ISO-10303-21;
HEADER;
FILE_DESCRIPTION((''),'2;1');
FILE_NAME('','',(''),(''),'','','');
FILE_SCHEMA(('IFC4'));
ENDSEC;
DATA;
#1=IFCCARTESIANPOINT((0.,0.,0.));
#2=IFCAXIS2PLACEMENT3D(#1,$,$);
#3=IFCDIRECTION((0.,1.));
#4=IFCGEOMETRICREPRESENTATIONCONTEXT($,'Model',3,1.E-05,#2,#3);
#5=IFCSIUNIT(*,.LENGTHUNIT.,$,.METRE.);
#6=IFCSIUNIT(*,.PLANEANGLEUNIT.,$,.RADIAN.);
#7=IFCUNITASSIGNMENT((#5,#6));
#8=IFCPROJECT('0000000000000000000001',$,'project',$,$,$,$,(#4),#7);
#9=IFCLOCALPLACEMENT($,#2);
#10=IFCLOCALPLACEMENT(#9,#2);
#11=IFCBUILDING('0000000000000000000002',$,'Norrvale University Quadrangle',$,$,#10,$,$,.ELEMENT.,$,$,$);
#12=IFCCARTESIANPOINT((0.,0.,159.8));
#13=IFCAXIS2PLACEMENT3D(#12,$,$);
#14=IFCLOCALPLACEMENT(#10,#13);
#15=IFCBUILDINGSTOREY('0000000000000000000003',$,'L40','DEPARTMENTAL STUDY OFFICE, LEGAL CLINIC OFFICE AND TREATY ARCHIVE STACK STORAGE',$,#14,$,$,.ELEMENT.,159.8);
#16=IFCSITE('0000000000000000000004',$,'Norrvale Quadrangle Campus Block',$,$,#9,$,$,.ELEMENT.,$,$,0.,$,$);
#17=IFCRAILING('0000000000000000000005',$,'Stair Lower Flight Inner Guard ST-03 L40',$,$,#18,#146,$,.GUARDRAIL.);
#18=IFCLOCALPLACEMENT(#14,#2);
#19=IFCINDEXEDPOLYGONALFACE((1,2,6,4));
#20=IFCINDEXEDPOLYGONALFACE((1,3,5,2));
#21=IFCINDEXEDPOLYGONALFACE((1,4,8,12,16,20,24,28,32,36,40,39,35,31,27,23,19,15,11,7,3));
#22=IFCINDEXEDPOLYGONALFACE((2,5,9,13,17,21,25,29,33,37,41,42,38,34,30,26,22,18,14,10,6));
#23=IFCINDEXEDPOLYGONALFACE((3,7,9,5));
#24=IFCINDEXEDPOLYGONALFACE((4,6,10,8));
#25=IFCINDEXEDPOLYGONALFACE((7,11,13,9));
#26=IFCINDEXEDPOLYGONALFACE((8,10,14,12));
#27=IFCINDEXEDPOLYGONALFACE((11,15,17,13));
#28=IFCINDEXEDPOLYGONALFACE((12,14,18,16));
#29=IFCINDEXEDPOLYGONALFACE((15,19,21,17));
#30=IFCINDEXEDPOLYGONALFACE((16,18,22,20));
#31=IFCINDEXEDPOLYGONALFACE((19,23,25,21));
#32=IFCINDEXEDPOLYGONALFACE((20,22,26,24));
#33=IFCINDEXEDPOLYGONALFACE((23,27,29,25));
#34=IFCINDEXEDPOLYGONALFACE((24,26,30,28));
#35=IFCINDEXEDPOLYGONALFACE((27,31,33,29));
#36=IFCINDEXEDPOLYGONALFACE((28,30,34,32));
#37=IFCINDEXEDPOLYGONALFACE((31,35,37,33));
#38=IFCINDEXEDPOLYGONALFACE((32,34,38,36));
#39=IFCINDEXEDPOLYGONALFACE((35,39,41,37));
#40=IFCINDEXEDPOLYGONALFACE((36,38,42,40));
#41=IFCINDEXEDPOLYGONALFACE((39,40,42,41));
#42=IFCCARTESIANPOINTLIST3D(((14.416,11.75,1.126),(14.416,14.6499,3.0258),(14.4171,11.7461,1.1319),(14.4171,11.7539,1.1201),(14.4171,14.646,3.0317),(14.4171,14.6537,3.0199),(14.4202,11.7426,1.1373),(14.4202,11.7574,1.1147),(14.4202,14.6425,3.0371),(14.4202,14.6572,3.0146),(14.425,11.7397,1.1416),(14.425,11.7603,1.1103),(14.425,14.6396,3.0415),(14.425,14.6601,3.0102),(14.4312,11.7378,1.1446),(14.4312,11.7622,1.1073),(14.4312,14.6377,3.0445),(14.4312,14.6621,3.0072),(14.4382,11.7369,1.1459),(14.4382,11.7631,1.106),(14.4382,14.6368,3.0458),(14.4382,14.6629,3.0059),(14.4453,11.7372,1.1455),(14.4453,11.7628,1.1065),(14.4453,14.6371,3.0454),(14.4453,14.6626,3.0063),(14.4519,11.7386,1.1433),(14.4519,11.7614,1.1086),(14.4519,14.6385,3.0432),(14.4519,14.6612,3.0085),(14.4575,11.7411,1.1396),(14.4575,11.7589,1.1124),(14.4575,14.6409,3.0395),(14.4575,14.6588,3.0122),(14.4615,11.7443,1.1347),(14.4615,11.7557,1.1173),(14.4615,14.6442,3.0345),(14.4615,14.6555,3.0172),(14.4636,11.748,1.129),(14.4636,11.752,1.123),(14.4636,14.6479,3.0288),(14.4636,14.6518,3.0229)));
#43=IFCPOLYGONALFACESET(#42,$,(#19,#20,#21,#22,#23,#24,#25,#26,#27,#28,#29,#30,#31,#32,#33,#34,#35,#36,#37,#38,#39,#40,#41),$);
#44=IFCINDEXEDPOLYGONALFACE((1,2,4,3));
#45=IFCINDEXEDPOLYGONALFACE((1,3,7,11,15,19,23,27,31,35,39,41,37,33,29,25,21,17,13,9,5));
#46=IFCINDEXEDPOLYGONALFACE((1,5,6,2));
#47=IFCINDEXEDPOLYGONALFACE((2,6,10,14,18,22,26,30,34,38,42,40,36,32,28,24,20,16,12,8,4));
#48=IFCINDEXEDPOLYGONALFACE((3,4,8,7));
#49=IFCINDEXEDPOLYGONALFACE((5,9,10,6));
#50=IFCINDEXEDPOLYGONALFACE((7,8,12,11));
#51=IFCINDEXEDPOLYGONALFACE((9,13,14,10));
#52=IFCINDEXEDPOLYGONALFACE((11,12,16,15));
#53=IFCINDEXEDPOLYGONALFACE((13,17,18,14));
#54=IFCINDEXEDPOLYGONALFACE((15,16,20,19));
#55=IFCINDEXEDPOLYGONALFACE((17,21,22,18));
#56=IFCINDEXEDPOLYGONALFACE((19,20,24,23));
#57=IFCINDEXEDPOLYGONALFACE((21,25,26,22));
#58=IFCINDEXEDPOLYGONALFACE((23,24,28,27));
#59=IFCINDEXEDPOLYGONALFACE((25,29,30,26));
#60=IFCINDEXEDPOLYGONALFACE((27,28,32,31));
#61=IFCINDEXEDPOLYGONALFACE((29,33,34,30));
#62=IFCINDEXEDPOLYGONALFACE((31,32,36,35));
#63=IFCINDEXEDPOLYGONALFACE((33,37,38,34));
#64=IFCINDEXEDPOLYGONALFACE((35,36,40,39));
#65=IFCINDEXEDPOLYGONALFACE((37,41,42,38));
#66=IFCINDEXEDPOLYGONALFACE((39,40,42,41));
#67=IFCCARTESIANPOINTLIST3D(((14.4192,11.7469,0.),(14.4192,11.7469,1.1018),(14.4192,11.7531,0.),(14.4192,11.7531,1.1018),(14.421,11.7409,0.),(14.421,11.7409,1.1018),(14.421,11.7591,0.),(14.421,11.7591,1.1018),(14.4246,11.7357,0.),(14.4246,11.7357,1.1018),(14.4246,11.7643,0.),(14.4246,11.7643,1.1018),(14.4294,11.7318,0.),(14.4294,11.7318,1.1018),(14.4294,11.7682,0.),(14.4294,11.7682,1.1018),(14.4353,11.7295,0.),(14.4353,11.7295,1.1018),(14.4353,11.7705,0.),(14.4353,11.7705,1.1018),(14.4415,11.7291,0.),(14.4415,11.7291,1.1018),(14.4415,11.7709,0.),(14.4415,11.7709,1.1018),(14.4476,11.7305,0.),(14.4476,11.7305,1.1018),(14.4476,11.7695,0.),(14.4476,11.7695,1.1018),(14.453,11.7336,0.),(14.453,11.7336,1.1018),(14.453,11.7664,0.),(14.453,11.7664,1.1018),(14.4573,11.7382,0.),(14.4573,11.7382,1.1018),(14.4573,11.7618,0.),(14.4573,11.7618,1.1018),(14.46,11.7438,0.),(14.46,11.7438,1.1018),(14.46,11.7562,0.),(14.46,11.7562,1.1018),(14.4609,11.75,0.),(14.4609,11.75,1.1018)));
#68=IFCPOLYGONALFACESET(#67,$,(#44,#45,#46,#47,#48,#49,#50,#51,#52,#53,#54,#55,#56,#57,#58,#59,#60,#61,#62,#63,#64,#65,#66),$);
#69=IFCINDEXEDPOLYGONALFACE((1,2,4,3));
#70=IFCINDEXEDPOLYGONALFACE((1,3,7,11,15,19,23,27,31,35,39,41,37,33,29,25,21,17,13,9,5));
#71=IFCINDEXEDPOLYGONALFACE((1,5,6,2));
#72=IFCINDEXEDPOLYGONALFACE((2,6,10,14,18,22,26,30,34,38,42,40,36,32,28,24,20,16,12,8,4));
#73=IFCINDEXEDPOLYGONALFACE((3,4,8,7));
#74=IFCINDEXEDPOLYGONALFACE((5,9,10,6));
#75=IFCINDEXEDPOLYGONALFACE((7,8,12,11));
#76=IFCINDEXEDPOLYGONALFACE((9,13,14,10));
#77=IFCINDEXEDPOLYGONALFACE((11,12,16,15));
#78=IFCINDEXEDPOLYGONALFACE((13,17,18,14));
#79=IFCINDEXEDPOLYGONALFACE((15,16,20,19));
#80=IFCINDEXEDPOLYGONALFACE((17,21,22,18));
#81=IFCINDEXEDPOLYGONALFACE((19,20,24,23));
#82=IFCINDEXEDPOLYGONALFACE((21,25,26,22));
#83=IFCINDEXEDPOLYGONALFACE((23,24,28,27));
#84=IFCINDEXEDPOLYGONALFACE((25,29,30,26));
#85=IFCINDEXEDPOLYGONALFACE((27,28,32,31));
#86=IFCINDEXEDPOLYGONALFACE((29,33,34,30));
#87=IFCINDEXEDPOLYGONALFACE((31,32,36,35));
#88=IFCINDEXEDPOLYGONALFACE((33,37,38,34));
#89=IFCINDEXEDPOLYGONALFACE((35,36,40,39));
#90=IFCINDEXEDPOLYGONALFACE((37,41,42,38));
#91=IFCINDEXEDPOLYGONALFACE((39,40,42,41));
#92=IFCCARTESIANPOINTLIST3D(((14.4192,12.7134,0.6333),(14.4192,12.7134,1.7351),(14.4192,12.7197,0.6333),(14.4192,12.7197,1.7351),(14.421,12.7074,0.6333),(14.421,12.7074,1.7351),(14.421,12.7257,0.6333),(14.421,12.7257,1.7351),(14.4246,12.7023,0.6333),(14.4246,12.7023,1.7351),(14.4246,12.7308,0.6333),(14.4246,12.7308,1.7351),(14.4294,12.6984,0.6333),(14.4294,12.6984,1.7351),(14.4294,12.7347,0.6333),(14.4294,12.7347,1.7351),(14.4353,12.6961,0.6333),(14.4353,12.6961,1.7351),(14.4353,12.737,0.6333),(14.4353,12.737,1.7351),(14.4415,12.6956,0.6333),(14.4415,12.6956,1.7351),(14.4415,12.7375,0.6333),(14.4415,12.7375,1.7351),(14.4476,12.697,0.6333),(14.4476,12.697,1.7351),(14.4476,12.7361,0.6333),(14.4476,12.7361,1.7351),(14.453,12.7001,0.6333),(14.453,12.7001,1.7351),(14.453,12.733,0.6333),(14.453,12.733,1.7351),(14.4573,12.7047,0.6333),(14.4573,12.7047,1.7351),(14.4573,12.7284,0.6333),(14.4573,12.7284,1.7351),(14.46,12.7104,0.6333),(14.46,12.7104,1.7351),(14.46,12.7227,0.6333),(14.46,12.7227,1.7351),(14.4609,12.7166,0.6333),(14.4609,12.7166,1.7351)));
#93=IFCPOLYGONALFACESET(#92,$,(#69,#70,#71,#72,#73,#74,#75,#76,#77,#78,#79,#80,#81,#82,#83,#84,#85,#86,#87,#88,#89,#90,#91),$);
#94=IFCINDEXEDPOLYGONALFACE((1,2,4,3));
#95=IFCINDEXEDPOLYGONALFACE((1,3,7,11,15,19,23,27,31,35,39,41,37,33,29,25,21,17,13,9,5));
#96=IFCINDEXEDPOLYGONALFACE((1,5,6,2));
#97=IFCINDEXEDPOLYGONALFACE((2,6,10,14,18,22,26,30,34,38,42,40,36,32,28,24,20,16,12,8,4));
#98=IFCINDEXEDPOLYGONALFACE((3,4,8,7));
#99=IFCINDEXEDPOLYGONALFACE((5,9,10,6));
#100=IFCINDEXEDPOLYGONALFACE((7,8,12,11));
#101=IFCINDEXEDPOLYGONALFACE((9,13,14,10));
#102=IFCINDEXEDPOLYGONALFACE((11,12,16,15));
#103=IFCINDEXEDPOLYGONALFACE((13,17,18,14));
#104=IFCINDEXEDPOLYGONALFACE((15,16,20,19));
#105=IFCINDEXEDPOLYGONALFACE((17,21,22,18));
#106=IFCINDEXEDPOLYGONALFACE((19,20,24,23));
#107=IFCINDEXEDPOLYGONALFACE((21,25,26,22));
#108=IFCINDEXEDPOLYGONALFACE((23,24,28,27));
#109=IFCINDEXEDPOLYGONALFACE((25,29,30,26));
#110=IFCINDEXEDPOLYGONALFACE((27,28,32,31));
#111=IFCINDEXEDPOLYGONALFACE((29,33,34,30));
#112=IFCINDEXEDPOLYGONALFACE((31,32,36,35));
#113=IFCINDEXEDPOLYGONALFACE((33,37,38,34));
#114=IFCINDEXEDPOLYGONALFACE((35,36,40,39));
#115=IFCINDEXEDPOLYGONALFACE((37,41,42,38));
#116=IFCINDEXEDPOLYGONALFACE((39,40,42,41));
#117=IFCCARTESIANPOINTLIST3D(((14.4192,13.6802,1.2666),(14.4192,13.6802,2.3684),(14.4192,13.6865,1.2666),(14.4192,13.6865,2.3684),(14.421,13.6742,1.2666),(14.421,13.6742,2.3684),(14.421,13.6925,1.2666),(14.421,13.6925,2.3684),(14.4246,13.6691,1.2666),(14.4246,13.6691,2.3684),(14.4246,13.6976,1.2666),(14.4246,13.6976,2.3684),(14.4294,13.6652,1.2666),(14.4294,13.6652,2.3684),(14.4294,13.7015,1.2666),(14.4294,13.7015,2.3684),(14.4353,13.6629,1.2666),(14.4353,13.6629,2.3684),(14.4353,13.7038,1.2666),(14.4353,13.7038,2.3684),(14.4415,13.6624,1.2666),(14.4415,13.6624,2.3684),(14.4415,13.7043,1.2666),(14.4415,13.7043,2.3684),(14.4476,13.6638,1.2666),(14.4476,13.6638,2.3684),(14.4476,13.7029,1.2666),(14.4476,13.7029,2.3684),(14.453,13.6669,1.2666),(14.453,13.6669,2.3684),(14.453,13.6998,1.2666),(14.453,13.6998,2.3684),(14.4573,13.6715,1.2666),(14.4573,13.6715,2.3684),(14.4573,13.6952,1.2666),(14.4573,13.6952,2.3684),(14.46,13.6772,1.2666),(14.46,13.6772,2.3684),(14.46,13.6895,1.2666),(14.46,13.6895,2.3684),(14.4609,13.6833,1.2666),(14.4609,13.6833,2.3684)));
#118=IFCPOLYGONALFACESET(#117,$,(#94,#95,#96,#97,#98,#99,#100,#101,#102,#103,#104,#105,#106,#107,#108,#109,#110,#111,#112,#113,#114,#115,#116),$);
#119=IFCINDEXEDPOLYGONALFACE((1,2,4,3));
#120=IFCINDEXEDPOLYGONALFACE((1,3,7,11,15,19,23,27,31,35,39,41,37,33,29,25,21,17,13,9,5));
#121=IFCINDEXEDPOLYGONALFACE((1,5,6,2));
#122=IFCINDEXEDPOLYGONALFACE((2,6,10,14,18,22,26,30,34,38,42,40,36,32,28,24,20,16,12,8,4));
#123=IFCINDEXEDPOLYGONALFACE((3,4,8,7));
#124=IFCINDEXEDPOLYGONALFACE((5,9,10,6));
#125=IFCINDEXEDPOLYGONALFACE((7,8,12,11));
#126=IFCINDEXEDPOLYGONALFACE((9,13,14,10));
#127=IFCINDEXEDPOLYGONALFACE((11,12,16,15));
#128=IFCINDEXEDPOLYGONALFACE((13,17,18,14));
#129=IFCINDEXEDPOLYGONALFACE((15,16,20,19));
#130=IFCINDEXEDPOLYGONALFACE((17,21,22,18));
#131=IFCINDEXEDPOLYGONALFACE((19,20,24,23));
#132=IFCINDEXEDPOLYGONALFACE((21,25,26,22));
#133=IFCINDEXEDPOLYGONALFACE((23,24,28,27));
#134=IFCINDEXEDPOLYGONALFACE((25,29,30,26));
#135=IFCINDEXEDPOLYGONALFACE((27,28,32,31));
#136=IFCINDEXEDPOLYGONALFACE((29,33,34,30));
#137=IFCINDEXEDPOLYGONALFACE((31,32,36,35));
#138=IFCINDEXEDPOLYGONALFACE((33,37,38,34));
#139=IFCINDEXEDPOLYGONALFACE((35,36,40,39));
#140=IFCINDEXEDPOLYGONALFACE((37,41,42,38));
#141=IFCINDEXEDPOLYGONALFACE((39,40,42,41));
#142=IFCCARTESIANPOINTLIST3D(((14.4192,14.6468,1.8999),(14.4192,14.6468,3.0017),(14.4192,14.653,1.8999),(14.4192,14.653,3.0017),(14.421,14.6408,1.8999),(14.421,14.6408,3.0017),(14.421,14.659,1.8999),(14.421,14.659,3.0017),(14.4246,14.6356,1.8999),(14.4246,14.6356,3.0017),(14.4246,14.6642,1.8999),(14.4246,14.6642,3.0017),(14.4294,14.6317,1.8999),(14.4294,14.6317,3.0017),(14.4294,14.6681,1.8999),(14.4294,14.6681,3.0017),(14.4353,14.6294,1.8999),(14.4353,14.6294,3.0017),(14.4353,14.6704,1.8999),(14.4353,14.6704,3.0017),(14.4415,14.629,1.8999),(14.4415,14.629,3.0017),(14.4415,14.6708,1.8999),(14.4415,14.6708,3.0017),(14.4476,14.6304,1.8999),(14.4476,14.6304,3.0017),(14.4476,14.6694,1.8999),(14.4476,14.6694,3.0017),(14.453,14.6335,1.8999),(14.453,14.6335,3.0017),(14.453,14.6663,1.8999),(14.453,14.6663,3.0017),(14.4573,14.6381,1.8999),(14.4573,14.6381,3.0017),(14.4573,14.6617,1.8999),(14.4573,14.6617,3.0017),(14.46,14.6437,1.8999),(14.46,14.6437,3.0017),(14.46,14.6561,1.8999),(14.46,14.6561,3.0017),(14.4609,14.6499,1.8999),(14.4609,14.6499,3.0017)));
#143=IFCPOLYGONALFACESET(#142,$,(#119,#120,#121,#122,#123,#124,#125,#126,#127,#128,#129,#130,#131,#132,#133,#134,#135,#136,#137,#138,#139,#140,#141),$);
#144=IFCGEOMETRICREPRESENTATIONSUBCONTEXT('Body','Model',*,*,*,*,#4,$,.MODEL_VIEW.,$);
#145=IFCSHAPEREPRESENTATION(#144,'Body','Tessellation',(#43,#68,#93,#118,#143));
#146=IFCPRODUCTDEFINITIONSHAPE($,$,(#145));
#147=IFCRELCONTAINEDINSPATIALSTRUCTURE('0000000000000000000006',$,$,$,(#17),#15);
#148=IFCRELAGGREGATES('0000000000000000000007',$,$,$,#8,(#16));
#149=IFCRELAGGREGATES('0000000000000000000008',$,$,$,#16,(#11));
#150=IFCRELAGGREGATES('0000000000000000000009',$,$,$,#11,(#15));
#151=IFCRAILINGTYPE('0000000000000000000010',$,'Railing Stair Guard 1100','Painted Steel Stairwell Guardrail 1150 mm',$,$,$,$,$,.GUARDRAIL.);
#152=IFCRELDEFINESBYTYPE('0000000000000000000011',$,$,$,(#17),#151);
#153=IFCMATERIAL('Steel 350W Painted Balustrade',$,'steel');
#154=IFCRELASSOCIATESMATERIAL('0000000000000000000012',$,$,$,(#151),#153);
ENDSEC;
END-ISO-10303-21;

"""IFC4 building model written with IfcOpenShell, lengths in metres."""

from ifc_helpers import new_model, si_unit, direction, frame, origin, origin_2d, place, context, subcontext, project, spatial, circle, extrude, material, type_object, element, save


model = new_model("IFC4")

# Units and contexts
model_context = context("Model", 3, precision=1e-05, world=origin(), true_north=direction((0.0, 1.0)))
body_context = subcontext(model_context, "Body", "Model", "MODEL_VIEW")
ifc_project = project(units=[si_unit("LENGTHUNIT", "METRE"), si_unit("PLANEANGLEUNIT", "RADIAN")], contexts=[model_context])

# Site, building, storey
site_placement = place(None, origin())
site = spatial("IfcSite", under=ifc_project, at=site_placement, Name="Norrvale Quadrangle Campus Block", CompositionType="ELEMENT", RefElevation=0.0)
building_placement = place(site_placement, origin())
building = spatial("IfcBuilding", under=site, at=building_placement, Name="Norrvale University Quadrangle", CompositionType="ELEMENT")
storey_placement = place(building_placement, frame((0.0, 0.0, 159.8)))
storey = spatial("IfcBuildingStorey", under=building, at=storey_placement, Name="L40", Description="DEPARTMENTAL STUDY OFFICE, LEGAL CLINIC OFFICE AND TREATY ARCHIVE STACK STORAGE", CompositionType="ELEMENT", Elevation=159.8)

# Railing
ifc_material_1 = material(Name="Steel 350W Painted Balustrade", Category="steel")
railing_type_1 = type_object("IfcRailingType", Name="Railing Stair Guard 1100", Description="Painted Steel Stairwell Guardrail 1150 mm", PredefinedType="GUARDRAIL", material=ifc_material_1)
railing_1_placement = place(storey_placement, frame((14.4399, 11.75, 0.0)))
element("IfcRailing", 1, at=railing_1_placement, inside=storey, type_object=railing_type_1, Name="Stair Lower Flight Inner Guard ST-03 L40", PredefinedType="GUARDRAIL", context=body_context, shape_type="SweptSolid", body=[
    extrude(circle(Radius=0.0239, at=origin_2d()), frame((0.0, 0.0, 1.126), z_axis=(0.0, 0.836466, 0.548019), x_axis=(-1.0, 0.0, 0.0)), (0.0, 0.0, 1.0), 3.4668),
    extrude(circle(Radius=0.021, at=origin_2d()), origin(), (0.0, 0.0, 1.0), 1.1018),
    extrude(circle(Radius=0.021, at=origin_2d()), frame((0.0, 0.9666, 0.6333)), (0.0, 0.0, 1.0), 1.1018),
    extrude(circle(Radius=0.021, at=origin_2d()), frame((0.0, 1.9333, 1.2666)), (0.0, 0.0, 1.0), 1.1018),
    extrude(circle(Radius=0.021, at=origin_2d()), frame((0.0, 2.8999, 1.8999)), (0.0, 0.0, 1.0), 1.1018),
])

save(model, "model.ifc")
